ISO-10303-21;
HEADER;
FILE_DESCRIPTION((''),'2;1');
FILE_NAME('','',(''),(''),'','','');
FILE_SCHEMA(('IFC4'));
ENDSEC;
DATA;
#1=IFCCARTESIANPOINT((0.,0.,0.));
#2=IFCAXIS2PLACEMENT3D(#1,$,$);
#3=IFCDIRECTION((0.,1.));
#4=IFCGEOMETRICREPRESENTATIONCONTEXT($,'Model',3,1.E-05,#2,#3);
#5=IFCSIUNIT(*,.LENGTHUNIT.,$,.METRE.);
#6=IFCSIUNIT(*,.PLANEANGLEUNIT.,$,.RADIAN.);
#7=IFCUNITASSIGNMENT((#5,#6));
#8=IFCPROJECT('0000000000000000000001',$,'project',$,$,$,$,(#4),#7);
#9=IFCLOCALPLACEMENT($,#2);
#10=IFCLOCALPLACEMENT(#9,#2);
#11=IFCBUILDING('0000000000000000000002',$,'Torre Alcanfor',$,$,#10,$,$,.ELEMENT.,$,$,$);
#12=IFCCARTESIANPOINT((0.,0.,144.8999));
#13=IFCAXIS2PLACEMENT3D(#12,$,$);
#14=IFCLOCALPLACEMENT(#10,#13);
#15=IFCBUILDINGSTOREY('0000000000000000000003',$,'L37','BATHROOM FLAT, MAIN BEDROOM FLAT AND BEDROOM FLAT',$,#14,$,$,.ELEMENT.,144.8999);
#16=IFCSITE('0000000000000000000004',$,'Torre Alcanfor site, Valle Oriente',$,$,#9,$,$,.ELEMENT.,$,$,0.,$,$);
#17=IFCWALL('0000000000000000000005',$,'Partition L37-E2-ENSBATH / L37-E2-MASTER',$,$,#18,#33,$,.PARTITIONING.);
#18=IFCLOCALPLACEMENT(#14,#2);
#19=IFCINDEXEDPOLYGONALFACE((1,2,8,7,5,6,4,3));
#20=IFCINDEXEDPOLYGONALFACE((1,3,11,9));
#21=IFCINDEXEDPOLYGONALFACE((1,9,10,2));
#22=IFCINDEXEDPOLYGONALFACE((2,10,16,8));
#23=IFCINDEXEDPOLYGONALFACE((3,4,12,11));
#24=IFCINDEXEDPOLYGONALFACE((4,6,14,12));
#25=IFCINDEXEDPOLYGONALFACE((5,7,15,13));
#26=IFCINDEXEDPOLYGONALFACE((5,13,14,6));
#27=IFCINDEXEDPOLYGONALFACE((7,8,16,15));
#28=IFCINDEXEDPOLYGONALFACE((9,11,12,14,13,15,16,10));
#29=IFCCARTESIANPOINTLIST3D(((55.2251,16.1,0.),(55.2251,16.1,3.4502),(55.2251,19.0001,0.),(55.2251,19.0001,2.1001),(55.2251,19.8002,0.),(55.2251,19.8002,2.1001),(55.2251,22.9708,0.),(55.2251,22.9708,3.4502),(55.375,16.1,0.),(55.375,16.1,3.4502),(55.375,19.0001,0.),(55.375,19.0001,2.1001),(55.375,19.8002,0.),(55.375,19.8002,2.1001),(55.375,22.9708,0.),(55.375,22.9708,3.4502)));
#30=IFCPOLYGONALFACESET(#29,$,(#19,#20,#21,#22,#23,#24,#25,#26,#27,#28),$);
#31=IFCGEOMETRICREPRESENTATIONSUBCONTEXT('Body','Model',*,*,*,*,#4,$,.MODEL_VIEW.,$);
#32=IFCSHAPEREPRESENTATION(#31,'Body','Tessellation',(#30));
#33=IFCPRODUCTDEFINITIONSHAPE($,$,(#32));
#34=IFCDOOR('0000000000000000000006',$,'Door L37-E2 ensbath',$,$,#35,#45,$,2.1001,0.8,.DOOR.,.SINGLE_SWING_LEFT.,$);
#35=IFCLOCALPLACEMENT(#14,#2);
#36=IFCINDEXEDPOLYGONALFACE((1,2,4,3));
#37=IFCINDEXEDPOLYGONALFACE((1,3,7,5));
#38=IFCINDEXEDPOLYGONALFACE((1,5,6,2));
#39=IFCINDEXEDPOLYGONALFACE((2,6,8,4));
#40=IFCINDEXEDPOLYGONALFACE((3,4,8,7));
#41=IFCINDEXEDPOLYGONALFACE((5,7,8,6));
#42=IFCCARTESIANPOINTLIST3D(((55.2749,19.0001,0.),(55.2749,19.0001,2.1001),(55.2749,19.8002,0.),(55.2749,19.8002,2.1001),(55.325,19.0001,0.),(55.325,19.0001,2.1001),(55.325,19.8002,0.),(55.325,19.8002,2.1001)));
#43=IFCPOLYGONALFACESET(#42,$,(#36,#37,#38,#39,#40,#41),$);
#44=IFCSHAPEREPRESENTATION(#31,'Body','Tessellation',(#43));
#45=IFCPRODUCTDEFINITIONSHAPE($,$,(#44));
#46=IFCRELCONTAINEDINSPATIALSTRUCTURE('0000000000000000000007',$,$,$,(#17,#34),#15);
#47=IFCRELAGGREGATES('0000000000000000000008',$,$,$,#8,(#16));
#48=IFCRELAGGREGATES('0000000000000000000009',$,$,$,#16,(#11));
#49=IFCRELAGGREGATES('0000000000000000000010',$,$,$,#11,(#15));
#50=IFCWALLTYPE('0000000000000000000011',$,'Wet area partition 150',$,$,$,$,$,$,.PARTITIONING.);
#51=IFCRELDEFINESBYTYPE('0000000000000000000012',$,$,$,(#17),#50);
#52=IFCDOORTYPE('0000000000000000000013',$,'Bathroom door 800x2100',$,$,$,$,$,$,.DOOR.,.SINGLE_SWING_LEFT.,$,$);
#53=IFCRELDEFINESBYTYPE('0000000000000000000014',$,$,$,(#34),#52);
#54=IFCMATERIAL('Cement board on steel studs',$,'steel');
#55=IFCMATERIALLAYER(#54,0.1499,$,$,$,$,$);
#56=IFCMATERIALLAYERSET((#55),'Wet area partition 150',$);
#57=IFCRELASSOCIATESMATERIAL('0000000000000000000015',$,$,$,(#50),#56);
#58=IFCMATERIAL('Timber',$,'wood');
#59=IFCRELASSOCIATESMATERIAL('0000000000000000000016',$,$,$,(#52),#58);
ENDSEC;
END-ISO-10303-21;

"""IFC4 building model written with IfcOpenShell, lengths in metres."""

from ifc_helpers import new_model, si_unit, direction, frame, frame_2d, origin, place, context, subcontext, project, spatial, rectangle, extrude, material, layer, layer_set, type_object, element, fill, save


model = new_model("IFC4")

# Units and contexts
model_context = context("Model", 3, precision=1e-05, world=origin(), true_north=direction((0.0, 1.0)))
body_context = subcontext(model_context, "Body", "Model", "MODEL_VIEW")
ifc_project = project(units=[si_unit("LENGTHUNIT", "METRE"), si_unit("PLANEANGLEUNIT", "RADIAN")], contexts=[model_context])

# Site, building, storey
site_placement = place(None, origin())
site = spatial("IfcSite", under=ifc_project, at=site_placement, Name="Torre Alcanfor site, Valle Oriente", CompositionType="ELEMENT", RefElevation=0.0)
building_placement = place(site_placement, origin())
building = spatial("IfcBuilding", under=site, at=building_placement, Name="Torre Alcanfor", CompositionType="ELEMENT")
storey_placement = place(building_placement, frame((0.0, 0.0, 144.8999)))
storey = spatial("IfcBuildingStorey", under=building, at=storey_placement, Name="L37", Description="BATHROOM FLAT, MAIN BEDROOM FLAT AND BEDROOM FLAT", CompositionType="ELEMENT", Elevation=144.8999)

# Shared definitions
ifc_material_1 = material(Name="Cement board on steel studs", Category="steel")
ifc_layer_1 = layer(ifc_material_1, 0.1499)
ifc_layer_set_1 = layer_set([ifc_layer_1], Name="Wet area partition 150")
wall_type_1 = type_object("IfcWallType", Name="Wet area partition 150", PredefinedType="PARTITIONING", material=ifc_layer_set_1)

# Wall, opening, door
wall_1_placement = place(storey_placement, frame((55.3, 22.9709, 0.0), z_axis=(0.0, 0.0, 1.0), x_axis=(0.0, -1.0, 0.0)))
wall_1 = element("IfcWall", 1, at=wall_1_placement, inside=storey, type_object=wall_type_1, Name="Partition L37-E2-ENSBATH / L37-E2-MASTER", PredefinedType="PARTITIONING", context=body_context, shape_type="SweptSolid", body=[
    extrude(rectangle(XDim=6.8708, YDim=0.1499, at=frame_2d((3.4355, 0.0))), origin(), (0.0, 0.0, 1.0), 3.4502),
])
opening_1_placement = place(wall_1_placement, frame((3.1709, 0.0, 0.0)))
opening_1 = element("IfcOpeningElement", 2, at=opening_1_placement, cuts=wall_1, PredefinedType="OPENING", context=body_context, shape_type="SweptSolid", body=[
    extrude(rectangle(XDim=0.8, YDim=2.1001, at=frame_2d((0.3999, 1.05))), frame((0.0, 0.085, 0.0), z_axis=(0.0, -1.0, 0.0), x_axis=(1.0, 0.0, 0.0)), (0.0, 0.0, 1.0), 0.1699),
])
ifc_material_2 = material(Name="Timber", Category="wood")
door_type_1 = type_object("IfcDoorType", Name="Bathroom door 800x2100", OperationType="SINGLE_SWING_LEFT", PredefinedType="DOOR", material=ifc_material_2)
door_1_placement = place(opening_1_placement, frame((0.8, 0.0, 0.0), z_axis=(0.0, 0.0, 1.0), x_axis=(-1.0, 0.0, 0.0)))
door_1 = element("IfcDoor", 3, at=door_1_placement, inside=storey, type_object=door_type_1, Name="Door L37-E2 ensbath", OperationType="SINGLE_SWING_LEFT", OverallHeight=2.1001, OverallWidth=0.8, PredefinedType="DOOR", context=body_context, shape_type="SweptSolid", body=[
    extrude(rectangle(XDim=0.8, YDim=2.1001, at=frame_2d((0.4001, 1.05))), frame((0.0, 0.0251, 0.0), z_axis=(0.0, -1.0, 0.0), x_axis=(1.0, 0.0, 0.0)), (0.0, 0.0, 1.0), 0.05),
])
fill(opening_1, door_1)

save(model, "model.ifc")
